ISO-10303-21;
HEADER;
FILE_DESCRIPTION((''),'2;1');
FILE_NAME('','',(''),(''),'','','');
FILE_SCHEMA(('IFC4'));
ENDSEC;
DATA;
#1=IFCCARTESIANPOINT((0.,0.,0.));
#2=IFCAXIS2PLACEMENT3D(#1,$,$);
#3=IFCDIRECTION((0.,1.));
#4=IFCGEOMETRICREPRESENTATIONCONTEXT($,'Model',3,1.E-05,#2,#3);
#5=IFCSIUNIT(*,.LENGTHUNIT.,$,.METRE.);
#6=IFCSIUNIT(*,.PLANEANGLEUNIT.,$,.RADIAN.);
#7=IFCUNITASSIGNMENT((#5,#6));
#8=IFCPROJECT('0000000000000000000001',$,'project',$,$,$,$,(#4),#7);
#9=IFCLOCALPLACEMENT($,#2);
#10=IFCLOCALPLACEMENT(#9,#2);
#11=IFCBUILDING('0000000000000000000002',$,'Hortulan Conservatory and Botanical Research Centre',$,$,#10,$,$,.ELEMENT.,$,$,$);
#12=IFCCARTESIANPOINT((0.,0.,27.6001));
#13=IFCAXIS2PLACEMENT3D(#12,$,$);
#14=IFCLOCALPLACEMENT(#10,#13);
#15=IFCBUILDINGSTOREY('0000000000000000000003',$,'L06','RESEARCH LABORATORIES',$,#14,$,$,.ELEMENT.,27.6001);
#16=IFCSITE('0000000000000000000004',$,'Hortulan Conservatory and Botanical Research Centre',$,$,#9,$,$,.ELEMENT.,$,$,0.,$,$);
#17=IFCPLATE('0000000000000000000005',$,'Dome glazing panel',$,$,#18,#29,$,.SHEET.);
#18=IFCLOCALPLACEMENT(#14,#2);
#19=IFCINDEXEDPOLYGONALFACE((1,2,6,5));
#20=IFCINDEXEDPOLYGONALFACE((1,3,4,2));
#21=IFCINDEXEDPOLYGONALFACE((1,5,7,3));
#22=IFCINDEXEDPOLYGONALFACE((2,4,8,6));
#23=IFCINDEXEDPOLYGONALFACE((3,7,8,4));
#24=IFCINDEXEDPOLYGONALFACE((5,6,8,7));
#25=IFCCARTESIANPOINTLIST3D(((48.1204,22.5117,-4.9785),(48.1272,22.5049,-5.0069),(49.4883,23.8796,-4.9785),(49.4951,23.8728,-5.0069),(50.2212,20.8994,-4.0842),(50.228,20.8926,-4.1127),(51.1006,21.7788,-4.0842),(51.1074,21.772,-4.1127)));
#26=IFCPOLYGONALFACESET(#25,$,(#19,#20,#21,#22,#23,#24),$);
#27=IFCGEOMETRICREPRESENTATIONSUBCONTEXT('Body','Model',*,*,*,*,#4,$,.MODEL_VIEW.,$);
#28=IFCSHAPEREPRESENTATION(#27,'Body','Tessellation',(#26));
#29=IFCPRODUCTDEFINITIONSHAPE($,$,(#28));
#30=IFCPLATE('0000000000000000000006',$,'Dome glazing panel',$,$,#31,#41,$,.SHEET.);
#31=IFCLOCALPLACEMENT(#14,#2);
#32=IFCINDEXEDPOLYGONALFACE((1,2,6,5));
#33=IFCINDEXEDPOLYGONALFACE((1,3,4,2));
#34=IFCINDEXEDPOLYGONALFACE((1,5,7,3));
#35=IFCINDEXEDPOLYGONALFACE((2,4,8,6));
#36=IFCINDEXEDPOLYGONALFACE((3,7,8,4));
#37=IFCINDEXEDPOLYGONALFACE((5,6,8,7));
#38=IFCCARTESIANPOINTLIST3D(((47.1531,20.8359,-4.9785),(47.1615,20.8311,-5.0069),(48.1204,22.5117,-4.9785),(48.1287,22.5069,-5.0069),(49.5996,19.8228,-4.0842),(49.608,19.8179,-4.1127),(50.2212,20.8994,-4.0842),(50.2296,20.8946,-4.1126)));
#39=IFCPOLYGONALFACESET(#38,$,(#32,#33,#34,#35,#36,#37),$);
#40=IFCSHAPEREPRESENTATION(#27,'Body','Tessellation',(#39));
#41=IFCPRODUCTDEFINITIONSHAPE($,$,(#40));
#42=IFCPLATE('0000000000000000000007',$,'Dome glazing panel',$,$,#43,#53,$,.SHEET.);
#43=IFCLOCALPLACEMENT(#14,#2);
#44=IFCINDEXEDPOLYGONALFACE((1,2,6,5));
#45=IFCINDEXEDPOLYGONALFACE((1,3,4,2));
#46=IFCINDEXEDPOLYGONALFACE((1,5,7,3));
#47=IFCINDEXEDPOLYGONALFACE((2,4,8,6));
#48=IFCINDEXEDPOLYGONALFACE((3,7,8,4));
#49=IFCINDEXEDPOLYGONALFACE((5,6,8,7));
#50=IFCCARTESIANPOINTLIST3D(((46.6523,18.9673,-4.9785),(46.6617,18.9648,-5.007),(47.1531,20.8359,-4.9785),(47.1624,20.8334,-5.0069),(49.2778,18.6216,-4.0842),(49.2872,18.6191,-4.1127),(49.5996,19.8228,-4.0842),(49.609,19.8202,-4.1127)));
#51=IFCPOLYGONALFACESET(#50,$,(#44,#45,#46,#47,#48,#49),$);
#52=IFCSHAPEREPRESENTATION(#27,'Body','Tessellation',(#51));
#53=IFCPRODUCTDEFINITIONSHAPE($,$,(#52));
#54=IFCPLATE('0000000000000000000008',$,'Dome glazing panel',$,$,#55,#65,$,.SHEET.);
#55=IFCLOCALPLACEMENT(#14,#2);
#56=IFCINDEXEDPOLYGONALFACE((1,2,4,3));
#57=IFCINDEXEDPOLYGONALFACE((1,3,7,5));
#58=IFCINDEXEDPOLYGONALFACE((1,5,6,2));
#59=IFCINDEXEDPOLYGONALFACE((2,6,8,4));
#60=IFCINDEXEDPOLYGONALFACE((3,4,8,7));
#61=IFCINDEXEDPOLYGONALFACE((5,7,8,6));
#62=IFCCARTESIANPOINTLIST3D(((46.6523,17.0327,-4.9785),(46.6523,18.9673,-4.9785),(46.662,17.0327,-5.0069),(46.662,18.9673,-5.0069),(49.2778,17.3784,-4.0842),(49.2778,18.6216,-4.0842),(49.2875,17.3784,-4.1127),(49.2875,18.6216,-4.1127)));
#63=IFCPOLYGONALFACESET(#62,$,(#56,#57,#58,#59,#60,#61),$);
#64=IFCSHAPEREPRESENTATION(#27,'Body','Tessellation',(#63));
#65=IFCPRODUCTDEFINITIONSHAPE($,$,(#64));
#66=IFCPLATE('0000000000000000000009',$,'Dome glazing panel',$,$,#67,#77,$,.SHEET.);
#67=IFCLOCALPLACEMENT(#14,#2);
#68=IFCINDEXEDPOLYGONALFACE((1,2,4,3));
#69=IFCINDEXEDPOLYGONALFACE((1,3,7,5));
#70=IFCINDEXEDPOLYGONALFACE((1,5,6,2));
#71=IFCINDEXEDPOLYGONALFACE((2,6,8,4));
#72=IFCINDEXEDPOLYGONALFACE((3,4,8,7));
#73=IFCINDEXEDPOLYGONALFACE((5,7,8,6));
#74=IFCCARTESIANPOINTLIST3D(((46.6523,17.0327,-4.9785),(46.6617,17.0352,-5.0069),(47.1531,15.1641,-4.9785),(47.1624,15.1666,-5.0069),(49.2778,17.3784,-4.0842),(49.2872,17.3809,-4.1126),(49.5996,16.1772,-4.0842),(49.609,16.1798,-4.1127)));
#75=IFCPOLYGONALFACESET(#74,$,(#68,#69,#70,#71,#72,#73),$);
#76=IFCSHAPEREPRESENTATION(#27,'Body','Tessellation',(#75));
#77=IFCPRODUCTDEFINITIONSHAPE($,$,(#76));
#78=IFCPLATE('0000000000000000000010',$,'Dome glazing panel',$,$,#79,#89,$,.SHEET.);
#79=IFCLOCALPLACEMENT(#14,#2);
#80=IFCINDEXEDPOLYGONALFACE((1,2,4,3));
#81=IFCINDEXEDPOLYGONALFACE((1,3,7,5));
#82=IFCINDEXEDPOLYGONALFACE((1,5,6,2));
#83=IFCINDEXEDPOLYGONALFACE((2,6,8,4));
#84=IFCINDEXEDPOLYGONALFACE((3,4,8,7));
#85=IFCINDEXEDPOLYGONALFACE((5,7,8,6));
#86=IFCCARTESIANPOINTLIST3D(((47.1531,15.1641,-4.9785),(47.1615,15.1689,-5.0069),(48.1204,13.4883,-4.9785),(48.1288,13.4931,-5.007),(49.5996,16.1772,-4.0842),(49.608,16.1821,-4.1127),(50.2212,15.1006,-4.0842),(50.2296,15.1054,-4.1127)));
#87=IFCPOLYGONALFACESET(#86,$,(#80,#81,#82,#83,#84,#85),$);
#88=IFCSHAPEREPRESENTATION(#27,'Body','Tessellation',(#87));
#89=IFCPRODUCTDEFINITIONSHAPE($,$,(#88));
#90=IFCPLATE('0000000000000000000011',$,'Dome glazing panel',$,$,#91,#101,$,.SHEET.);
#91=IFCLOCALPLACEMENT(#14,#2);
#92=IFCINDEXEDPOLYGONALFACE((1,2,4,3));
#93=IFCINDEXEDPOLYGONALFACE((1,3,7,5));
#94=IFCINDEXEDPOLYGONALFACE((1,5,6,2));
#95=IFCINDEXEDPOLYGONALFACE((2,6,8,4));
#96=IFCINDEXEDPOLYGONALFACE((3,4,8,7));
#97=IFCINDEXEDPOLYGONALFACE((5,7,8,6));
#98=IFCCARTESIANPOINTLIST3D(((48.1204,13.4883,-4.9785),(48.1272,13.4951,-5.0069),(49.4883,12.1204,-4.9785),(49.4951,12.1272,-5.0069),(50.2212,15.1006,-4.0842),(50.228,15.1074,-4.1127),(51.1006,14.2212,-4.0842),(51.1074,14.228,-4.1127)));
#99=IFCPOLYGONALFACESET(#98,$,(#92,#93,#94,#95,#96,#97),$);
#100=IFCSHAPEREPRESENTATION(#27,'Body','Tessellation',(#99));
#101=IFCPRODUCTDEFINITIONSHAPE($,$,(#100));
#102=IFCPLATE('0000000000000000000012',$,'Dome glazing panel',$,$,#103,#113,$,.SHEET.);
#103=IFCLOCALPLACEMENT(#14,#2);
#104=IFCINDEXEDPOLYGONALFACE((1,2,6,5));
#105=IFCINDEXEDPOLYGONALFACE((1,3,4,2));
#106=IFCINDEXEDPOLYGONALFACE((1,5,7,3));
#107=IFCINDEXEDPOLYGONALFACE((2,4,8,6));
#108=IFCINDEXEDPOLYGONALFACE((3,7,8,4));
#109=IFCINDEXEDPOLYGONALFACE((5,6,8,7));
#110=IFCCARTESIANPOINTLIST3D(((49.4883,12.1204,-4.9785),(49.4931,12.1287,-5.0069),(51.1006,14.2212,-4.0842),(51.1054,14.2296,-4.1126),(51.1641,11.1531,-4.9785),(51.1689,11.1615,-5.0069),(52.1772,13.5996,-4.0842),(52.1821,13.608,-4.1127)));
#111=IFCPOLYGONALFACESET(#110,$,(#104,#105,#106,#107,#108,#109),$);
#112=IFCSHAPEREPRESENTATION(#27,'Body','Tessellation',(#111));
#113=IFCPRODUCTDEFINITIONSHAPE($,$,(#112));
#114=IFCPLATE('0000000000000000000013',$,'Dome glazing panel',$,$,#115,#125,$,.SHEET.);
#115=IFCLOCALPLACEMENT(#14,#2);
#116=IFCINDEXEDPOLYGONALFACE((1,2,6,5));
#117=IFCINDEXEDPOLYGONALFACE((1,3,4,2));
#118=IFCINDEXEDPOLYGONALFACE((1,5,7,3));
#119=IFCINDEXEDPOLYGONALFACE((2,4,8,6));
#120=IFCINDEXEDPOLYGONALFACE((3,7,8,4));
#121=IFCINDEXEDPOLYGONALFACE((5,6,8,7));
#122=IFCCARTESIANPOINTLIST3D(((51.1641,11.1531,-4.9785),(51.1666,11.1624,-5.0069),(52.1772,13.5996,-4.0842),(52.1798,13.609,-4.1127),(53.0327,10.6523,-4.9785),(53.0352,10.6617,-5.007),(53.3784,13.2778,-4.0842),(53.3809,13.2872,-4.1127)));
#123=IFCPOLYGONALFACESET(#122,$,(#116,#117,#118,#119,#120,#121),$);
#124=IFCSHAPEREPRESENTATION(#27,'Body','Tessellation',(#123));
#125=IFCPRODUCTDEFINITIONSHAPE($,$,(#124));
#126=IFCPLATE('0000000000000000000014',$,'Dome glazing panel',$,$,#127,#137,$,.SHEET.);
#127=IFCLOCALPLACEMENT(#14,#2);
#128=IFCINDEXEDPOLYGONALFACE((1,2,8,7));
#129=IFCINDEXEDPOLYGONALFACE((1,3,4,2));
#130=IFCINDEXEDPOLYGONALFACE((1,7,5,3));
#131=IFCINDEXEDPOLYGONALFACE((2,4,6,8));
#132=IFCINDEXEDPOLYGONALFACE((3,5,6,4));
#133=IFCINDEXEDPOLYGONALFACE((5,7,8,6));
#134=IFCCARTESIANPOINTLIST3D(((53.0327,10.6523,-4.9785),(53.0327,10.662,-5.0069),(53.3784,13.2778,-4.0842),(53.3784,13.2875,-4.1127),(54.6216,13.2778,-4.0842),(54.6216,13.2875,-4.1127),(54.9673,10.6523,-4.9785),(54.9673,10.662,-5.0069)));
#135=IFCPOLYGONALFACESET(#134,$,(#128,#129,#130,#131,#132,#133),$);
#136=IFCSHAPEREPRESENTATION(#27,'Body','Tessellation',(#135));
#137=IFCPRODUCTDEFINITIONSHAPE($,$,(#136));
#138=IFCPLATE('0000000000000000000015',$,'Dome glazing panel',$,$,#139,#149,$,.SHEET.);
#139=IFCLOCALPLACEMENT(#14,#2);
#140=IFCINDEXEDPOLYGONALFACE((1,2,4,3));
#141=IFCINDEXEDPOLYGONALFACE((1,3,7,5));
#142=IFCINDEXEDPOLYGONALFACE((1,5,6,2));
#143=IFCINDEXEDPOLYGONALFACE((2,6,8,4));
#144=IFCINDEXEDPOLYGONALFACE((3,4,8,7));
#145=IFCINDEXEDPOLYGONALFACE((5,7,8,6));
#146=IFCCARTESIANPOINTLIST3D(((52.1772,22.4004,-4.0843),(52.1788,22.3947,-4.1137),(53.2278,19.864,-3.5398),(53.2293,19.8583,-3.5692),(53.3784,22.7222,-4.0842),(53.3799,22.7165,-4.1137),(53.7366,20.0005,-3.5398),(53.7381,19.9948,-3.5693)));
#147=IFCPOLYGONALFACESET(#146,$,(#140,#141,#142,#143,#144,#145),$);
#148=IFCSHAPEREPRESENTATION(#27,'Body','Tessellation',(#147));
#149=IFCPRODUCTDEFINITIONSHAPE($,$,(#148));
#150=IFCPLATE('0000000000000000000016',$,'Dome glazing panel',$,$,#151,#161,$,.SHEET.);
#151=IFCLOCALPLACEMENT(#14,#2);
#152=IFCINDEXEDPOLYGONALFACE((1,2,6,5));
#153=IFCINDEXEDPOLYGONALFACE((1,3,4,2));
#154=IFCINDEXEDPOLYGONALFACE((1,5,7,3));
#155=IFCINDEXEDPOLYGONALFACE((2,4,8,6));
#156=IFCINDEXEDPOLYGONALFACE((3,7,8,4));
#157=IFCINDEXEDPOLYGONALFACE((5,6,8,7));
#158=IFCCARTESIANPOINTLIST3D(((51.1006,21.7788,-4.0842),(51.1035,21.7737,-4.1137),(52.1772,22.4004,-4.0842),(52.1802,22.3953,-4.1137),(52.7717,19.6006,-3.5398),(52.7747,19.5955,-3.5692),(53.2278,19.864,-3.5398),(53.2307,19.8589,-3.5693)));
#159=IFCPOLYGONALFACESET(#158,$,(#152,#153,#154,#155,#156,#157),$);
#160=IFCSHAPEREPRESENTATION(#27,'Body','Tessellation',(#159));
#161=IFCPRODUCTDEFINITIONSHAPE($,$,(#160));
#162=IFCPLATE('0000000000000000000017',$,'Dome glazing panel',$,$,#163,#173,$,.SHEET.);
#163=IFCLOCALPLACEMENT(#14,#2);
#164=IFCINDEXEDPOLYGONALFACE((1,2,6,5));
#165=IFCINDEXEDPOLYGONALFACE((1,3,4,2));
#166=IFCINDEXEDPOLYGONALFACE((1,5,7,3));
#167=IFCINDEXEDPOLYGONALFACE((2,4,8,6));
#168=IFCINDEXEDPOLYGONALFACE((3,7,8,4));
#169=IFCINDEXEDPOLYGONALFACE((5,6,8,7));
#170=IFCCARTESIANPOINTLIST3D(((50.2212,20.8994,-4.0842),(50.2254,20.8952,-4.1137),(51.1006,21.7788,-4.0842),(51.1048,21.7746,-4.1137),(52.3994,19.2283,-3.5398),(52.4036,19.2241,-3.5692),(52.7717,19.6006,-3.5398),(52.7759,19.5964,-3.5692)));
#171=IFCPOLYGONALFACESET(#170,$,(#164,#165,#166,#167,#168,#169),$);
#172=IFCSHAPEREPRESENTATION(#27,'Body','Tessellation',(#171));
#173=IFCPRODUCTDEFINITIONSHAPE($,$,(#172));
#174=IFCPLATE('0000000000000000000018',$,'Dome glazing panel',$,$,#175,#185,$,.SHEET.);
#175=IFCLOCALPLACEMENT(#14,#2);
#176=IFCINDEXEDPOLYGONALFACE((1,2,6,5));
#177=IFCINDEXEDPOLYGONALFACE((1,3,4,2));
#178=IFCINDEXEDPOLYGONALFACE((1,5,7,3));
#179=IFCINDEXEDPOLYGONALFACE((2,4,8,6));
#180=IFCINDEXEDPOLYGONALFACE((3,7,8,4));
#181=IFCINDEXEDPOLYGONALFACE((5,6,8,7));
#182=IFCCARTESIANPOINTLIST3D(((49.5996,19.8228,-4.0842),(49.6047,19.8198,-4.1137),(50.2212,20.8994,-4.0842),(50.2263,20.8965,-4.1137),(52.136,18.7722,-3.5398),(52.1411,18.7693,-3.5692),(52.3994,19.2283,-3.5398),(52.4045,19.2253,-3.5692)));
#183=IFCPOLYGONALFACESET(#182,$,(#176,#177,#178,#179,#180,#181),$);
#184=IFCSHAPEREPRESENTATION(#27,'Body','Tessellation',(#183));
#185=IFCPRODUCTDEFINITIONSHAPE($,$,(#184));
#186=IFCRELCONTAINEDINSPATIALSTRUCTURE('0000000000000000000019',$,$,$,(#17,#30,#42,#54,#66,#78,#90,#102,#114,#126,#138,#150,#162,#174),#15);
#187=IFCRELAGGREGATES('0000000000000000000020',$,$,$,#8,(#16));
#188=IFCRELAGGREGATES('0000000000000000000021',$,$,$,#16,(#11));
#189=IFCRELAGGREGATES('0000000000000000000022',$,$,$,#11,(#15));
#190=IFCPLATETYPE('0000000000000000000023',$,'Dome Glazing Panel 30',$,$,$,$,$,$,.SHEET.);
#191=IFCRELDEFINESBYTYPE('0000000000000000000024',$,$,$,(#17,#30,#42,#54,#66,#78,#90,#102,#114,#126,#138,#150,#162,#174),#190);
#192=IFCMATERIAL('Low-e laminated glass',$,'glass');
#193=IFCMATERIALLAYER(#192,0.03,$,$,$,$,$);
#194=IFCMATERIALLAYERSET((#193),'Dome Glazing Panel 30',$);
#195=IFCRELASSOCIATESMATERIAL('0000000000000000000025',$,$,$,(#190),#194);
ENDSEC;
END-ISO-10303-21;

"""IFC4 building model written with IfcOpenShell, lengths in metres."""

from ifc_helpers import new_model, si_unit, direction, frame, origin, place, context, subcontext, project, spatial, polyline, outline, extrude, material, layer, layer_set, type_object, element, save


model = new_model("IFC4")

# Units and contexts
model_context = context("Model", 3, precision=1e-05, world=origin(), true_north=direction((0.0, 1.0)))
body_context = subcontext(model_context, "Body", "Model", "MODEL_VIEW")
ifc_project = project(units=[si_unit("LENGTHUNIT", "METRE"), si_unit("PLANEANGLEUNIT", "RADIAN")], contexts=[model_context])

# Site, building, storey
site_placement = place(None, origin())
site = spatial("IfcSite", under=ifc_project, at=site_placement, Name="Hortulan Conservatory and Botanical Research Centre", CompositionType="ELEMENT", RefElevation=0.0)
building_placement = place(site_placement, origin())
building = spatial("IfcBuilding", under=site, at=building_placement, Name="Hortulan Conservatory and Botanical Research Centre", CompositionType="ELEMENT")
storey_placement = place(building_placement, frame((0.0, 0.0, 27.6001)))
storey = spatial("IfcBuildingStorey", under=building, at=storey_placement, Name="L06", Description="RESEARCH LABORATORIES", CompositionType="ELEMENT", Elevation=27.6001)

# Plates
ifc_material_1 = material(Name="Low-e laminated glass", Category="glass")
ifc_layer_1 = layer(ifc_material_1, 0.03)
ifc_layer_set_1 = layer_set([ifc_layer_1], Name="Dome Glazing Panel 30")
plate_type = type_object("IfcPlateType", Name="Dome Glazing Panel 30", PredefinedType="SHEET", material=ifc_layer_set_1)
plate_1_placement = place(storey_placement, frame((49.4883, 23.8796, -4.9785), z_axis=(-0.227983, 0.227983, 0.946598), x_axis=(-0.707107, -0.707107, 0.0)))
element("IfcPlate", 1, at=plate_1_placement, inside=storey, type_object=plate_type, Name="Dome glazing panel", PredefinedType="SHEET", context=body_context, shape_type="SweptSolid", body=[
    extrude(outline(polyline([(0.0, 0.0), (1.9345, 0.0), (1.5891, 2.7737), (0.3454, 2.7737), (0.0, 0.0)])), origin(), (0.0, 0.0, -1.0), 0.03),
])
plate_2_placement = place(storey_placement, frame((48.1204, 22.5117, -4.9785), z_axis=(-0.279246, 0.161197, 0.946593), x_axis=(-0.499915, -0.866075, 0.00001)))
element("IfcPlate", 2, at=plate_2_placement, inside=storey, type_object=plate_type, Name="Dome glazing panel", PredefinedType="SHEET", context=body_context, shape_type="SweptSolid", body=[
    extrude(outline(polyline([(0.0, 0.0), (1.9349, 0.0), (1.5894, 2.7735), (0.3461, 2.7736), (0.0, 0.0)])), origin(), (0.0, 0.0, -1.0), 0.03),
])
plate_3_placement = place(storey_placement, frame((47.1531, 20.8359, -4.9785), z_axis=(-0.311445, 0.083447, 0.946593), x_axis=(-0.25883, -0.965923, -0.000009)))
element("IfcPlate", 3, at=plate_3_placement, inside=storey, type_object=plate_type, Name="Dome glazing panel", PredefinedType="SHEET", context=body_context, shape_type="SweptSolid", body=[
    extrude(outline(polyline([(0.0, 0.0), (1.9346, 0.0), (1.5889, 2.7736), (0.3454, 2.7735), (0.0, 0.0)])), origin(), (0.0, 0.0, -1.0), 0.03),
])
plate_4_placement = place(storey_placement, frame((46.6523, 18.9673, -4.9785), z_axis=(-0.322427, 0.0, 0.946594), x_axis=(0.0, -1.0, 0.0)))
element("IfcPlate", 4, at=plate_4_placement, inside=storey, type_object=plate_type, Name="Dome glazing panel", PredefinedType="SHEET", context=body_context, shape_type="SweptSolid", body=[
    extrude(outline(polyline([(0.0, 0.0), (1.9346, 0.0), (1.5889, 2.7736), (0.3457, 2.7736), (0.0, 0.0)])), origin(), (0.0, 0.0, -1.0), 0.03),
])
plate_5_placement = place(storey_placement, frame((46.6523, 17.0327, -4.9785), z_axis=(-0.311445, -0.083447, 0.946593), x_axis=(0.25883, -0.965923, 0.000009)))
element("IfcPlate", 5, at=plate_5_placement, inside=storey, type_object=plate_type, Name="Dome glazing panel", PredefinedType="SHEET", context=body_context, shape_type="SweptSolid", body=[
    extrude(outline(polyline([(0.0, 0.0), (1.9346, 0.0), (1.5892, 2.7735), (0.3456, 2.7736), (0.0, 0.0)])), origin(), (0.0, 0.0, -1.0), 0.03),
])
plate_6_placement = place(storey_placement, frame((47.1531, 15.1641, -4.9785), z_axis=(-0.279246, -0.161197, 0.946593), x_axis=(0.499915, -0.866075, -0.00001)))
element("IfcPlate", 6, at=plate_6_placement, inside=storey, type_object=plate_type, Name="Dome glazing panel", PredefinedType="SHEET", context=body_context, shape_type="SweptSolid", body=[
    extrude(outline(polyline([(0.0, 0.0), (1.9349, 0.0), (1.5888, 2.7736), (0.3456, 2.7735), (0.0, 0.0)])), origin(), (0.0, 0.0, -1.0), 0.03),
])
plate_7_placement = place(storey_placement, frame((48.1204, 13.4883, -4.9785), z_axis=(-0.227983, -0.227983, 0.946598), x_axis=(0.707107, -0.707107, 0.0)))
element("IfcPlate", 7, at=plate_7_placement, inside=storey, type_object=plate_type, Name="Dome glazing panel", PredefinedType="SHEET", context=body_context, shape_type="SweptSolid", body=[
    extrude(outline(polyline([(0.0, 0.0), (1.9345, 0.0), (1.5891, 2.7737), (0.3454, 2.7737), (0.0, 0.0)])), origin(), (0.0, 0.0, -1.0), 0.03),
])
plate_8_placement = place(storey_placement, frame((49.4883, 12.1204, -4.9785), z_axis=(-0.161197, -0.279246, 0.946593), x_axis=(0.866075, -0.499915, 0.00001)))
element("IfcPlate", 8, at=plate_8_placement, inside=storey, type_object=plate_type, Name="Dome glazing panel", PredefinedType="SHEET", context=body_context, shape_type="SweptSolid", body=[
    extrude(outline(polyline([(0.0, 0.0), (1.9349, 0.0), (1.5894, 2.7735), (0.3461, 2.7736), (0.0, 0.0)])), origin(), (0.0, 0.0, -1.0), 0.03),
])
plate_9_placement = place(storey_placement, frame((51.1641, 11.1531, -4.9785), z_axis=(-0.083447, -0.311445, 0.946593), x_axis=(0.965923, -0.25883, -0.000009)))
element("IfcPlate", 9, at=plate_9_placement, inside=storey, type_object=plate_type, Name="Dome glazing panel", PredefinedType="SHEET", context=body_context, shape_type="SweptSolid", body=[
    extrude(outline(polyline([(0.0, 0.0), (1.9346, 0.0), (1.5889, 2.7736), (0.3454, 2.7735), (0.0, 0.0)])), origin(), (0.0, 0.0, -1.0), 0.03),
])
plate_10_placement = place(storey_placement, frame((53.0327, 10.6523, -4.9785), z_axis=(0.0, -0.322427, 0.946594), x_axis=(1.0, 0.0, 0.0)))
element("IfcPlate", 10, at=plate_10_placement, inside=storey, type_object=plate_type, Name="Dome glazing panel", PredefinedType="SHEET", context=body_context, shape_type="SweptSolid", body=[
    extrude(outline(polyline([(0.0, 0.0), (1.9346, 0.0), (1.5889, 2.7736), (0.3457, 2.7736), (0.0, 0.0)])), origin(), (0.0, 0.0, -1.0), 0.03),
])
plate_11_placement = place(storey_placement, frame((53.3784, 22.7222, -4.0842), z_axis=(-0.050773, 0.18946, 0.980575), x_axis=(-0.96594, -0.258766, -0.000019)))
element("IfcPlate", 11, at=plate_11_placement, inside=storey, type_object=plate_type, Name="Dome glazing panel", PredefinedType="SHEET", context=body_context, shape_type="SweptSolid", body=[
    extrude(outline(polyline([(0.0, 0.0), (1.2435, 0.0), (0.8851, 2.7757), (0.3583, 2.7756), (0.0, 0.0)])), origin(), (0.0, 0.0, -1.0), 0.03),
])
plate_12_placement = place(storey_placement, frame((52.1772, 22.4004, -4.0842), z_axis=(-0.098075, 0.169853, 0.980577), x_axis=(-0.866034, -0.499985, -0.000013)))
element("IfcPlate", 12, at=plate_12_placement, inside=storey, type_object=plate_type, Name="Dome glazing panel", PredefinedType="SHEET", context=body_context, shape_type="SweptSolid", body=[
    extrude(outline(polyline([(0.0, 0.0), (1.2432, 0.0), (0.885, 2.7759), (0.3583, 2.7758), (0.0, 0.0)])), origin(), (0.0, 0.0, -1.0), 0.03),
])
plate_13_placement = place(storey_placement, frame((51.1006, 21.7788, -4.0842), z_axis=(-0.138688, 0.138688, 0.980577), x_axis=(-0.707107, -0.707107, 0.0)))
element("IfcPlate", 13, at=plate_13_placement, inside=storey, type_object=plate_type, Name="Dome glazing panel", PredefinedType="SHEET", context=body_context, shape_type="SweptSolid", body=[
    extrude(outline(polyline([(0.0, 0.0), (1.2437, 0.0), (0.8851, 2.7758), (0.3586, 2.7758), (0.0, 0.0)])), origin(), (0.0, 0.0, -1.0), 0.03),
])
plate_14_placement = place(storey_placement, frame((50.2212, 20.8994, -4.0842), z_axis=(-0.169853, 0.098075, 0.980577), x_axis=(-0.499985, -0.866034, 0.000013)))
element("IfcPlate", 14, at=plate_14_placement, inside=storey, type_object=plate_type, Name="Dome glazing panel", PredefinedType="SHEET", context=body_context, shape_type="SweptSolid", body=[
    extrude(outline(polyline([(0.0, 0.0), (1.2432, 0.0), (0.8849, 2.7758), (0.3582, 2.7759), (0.0, 0.0)])), origin(), (0.0, 0.0, -1.0), 0.03),
])

save(model, "model.ifc")
